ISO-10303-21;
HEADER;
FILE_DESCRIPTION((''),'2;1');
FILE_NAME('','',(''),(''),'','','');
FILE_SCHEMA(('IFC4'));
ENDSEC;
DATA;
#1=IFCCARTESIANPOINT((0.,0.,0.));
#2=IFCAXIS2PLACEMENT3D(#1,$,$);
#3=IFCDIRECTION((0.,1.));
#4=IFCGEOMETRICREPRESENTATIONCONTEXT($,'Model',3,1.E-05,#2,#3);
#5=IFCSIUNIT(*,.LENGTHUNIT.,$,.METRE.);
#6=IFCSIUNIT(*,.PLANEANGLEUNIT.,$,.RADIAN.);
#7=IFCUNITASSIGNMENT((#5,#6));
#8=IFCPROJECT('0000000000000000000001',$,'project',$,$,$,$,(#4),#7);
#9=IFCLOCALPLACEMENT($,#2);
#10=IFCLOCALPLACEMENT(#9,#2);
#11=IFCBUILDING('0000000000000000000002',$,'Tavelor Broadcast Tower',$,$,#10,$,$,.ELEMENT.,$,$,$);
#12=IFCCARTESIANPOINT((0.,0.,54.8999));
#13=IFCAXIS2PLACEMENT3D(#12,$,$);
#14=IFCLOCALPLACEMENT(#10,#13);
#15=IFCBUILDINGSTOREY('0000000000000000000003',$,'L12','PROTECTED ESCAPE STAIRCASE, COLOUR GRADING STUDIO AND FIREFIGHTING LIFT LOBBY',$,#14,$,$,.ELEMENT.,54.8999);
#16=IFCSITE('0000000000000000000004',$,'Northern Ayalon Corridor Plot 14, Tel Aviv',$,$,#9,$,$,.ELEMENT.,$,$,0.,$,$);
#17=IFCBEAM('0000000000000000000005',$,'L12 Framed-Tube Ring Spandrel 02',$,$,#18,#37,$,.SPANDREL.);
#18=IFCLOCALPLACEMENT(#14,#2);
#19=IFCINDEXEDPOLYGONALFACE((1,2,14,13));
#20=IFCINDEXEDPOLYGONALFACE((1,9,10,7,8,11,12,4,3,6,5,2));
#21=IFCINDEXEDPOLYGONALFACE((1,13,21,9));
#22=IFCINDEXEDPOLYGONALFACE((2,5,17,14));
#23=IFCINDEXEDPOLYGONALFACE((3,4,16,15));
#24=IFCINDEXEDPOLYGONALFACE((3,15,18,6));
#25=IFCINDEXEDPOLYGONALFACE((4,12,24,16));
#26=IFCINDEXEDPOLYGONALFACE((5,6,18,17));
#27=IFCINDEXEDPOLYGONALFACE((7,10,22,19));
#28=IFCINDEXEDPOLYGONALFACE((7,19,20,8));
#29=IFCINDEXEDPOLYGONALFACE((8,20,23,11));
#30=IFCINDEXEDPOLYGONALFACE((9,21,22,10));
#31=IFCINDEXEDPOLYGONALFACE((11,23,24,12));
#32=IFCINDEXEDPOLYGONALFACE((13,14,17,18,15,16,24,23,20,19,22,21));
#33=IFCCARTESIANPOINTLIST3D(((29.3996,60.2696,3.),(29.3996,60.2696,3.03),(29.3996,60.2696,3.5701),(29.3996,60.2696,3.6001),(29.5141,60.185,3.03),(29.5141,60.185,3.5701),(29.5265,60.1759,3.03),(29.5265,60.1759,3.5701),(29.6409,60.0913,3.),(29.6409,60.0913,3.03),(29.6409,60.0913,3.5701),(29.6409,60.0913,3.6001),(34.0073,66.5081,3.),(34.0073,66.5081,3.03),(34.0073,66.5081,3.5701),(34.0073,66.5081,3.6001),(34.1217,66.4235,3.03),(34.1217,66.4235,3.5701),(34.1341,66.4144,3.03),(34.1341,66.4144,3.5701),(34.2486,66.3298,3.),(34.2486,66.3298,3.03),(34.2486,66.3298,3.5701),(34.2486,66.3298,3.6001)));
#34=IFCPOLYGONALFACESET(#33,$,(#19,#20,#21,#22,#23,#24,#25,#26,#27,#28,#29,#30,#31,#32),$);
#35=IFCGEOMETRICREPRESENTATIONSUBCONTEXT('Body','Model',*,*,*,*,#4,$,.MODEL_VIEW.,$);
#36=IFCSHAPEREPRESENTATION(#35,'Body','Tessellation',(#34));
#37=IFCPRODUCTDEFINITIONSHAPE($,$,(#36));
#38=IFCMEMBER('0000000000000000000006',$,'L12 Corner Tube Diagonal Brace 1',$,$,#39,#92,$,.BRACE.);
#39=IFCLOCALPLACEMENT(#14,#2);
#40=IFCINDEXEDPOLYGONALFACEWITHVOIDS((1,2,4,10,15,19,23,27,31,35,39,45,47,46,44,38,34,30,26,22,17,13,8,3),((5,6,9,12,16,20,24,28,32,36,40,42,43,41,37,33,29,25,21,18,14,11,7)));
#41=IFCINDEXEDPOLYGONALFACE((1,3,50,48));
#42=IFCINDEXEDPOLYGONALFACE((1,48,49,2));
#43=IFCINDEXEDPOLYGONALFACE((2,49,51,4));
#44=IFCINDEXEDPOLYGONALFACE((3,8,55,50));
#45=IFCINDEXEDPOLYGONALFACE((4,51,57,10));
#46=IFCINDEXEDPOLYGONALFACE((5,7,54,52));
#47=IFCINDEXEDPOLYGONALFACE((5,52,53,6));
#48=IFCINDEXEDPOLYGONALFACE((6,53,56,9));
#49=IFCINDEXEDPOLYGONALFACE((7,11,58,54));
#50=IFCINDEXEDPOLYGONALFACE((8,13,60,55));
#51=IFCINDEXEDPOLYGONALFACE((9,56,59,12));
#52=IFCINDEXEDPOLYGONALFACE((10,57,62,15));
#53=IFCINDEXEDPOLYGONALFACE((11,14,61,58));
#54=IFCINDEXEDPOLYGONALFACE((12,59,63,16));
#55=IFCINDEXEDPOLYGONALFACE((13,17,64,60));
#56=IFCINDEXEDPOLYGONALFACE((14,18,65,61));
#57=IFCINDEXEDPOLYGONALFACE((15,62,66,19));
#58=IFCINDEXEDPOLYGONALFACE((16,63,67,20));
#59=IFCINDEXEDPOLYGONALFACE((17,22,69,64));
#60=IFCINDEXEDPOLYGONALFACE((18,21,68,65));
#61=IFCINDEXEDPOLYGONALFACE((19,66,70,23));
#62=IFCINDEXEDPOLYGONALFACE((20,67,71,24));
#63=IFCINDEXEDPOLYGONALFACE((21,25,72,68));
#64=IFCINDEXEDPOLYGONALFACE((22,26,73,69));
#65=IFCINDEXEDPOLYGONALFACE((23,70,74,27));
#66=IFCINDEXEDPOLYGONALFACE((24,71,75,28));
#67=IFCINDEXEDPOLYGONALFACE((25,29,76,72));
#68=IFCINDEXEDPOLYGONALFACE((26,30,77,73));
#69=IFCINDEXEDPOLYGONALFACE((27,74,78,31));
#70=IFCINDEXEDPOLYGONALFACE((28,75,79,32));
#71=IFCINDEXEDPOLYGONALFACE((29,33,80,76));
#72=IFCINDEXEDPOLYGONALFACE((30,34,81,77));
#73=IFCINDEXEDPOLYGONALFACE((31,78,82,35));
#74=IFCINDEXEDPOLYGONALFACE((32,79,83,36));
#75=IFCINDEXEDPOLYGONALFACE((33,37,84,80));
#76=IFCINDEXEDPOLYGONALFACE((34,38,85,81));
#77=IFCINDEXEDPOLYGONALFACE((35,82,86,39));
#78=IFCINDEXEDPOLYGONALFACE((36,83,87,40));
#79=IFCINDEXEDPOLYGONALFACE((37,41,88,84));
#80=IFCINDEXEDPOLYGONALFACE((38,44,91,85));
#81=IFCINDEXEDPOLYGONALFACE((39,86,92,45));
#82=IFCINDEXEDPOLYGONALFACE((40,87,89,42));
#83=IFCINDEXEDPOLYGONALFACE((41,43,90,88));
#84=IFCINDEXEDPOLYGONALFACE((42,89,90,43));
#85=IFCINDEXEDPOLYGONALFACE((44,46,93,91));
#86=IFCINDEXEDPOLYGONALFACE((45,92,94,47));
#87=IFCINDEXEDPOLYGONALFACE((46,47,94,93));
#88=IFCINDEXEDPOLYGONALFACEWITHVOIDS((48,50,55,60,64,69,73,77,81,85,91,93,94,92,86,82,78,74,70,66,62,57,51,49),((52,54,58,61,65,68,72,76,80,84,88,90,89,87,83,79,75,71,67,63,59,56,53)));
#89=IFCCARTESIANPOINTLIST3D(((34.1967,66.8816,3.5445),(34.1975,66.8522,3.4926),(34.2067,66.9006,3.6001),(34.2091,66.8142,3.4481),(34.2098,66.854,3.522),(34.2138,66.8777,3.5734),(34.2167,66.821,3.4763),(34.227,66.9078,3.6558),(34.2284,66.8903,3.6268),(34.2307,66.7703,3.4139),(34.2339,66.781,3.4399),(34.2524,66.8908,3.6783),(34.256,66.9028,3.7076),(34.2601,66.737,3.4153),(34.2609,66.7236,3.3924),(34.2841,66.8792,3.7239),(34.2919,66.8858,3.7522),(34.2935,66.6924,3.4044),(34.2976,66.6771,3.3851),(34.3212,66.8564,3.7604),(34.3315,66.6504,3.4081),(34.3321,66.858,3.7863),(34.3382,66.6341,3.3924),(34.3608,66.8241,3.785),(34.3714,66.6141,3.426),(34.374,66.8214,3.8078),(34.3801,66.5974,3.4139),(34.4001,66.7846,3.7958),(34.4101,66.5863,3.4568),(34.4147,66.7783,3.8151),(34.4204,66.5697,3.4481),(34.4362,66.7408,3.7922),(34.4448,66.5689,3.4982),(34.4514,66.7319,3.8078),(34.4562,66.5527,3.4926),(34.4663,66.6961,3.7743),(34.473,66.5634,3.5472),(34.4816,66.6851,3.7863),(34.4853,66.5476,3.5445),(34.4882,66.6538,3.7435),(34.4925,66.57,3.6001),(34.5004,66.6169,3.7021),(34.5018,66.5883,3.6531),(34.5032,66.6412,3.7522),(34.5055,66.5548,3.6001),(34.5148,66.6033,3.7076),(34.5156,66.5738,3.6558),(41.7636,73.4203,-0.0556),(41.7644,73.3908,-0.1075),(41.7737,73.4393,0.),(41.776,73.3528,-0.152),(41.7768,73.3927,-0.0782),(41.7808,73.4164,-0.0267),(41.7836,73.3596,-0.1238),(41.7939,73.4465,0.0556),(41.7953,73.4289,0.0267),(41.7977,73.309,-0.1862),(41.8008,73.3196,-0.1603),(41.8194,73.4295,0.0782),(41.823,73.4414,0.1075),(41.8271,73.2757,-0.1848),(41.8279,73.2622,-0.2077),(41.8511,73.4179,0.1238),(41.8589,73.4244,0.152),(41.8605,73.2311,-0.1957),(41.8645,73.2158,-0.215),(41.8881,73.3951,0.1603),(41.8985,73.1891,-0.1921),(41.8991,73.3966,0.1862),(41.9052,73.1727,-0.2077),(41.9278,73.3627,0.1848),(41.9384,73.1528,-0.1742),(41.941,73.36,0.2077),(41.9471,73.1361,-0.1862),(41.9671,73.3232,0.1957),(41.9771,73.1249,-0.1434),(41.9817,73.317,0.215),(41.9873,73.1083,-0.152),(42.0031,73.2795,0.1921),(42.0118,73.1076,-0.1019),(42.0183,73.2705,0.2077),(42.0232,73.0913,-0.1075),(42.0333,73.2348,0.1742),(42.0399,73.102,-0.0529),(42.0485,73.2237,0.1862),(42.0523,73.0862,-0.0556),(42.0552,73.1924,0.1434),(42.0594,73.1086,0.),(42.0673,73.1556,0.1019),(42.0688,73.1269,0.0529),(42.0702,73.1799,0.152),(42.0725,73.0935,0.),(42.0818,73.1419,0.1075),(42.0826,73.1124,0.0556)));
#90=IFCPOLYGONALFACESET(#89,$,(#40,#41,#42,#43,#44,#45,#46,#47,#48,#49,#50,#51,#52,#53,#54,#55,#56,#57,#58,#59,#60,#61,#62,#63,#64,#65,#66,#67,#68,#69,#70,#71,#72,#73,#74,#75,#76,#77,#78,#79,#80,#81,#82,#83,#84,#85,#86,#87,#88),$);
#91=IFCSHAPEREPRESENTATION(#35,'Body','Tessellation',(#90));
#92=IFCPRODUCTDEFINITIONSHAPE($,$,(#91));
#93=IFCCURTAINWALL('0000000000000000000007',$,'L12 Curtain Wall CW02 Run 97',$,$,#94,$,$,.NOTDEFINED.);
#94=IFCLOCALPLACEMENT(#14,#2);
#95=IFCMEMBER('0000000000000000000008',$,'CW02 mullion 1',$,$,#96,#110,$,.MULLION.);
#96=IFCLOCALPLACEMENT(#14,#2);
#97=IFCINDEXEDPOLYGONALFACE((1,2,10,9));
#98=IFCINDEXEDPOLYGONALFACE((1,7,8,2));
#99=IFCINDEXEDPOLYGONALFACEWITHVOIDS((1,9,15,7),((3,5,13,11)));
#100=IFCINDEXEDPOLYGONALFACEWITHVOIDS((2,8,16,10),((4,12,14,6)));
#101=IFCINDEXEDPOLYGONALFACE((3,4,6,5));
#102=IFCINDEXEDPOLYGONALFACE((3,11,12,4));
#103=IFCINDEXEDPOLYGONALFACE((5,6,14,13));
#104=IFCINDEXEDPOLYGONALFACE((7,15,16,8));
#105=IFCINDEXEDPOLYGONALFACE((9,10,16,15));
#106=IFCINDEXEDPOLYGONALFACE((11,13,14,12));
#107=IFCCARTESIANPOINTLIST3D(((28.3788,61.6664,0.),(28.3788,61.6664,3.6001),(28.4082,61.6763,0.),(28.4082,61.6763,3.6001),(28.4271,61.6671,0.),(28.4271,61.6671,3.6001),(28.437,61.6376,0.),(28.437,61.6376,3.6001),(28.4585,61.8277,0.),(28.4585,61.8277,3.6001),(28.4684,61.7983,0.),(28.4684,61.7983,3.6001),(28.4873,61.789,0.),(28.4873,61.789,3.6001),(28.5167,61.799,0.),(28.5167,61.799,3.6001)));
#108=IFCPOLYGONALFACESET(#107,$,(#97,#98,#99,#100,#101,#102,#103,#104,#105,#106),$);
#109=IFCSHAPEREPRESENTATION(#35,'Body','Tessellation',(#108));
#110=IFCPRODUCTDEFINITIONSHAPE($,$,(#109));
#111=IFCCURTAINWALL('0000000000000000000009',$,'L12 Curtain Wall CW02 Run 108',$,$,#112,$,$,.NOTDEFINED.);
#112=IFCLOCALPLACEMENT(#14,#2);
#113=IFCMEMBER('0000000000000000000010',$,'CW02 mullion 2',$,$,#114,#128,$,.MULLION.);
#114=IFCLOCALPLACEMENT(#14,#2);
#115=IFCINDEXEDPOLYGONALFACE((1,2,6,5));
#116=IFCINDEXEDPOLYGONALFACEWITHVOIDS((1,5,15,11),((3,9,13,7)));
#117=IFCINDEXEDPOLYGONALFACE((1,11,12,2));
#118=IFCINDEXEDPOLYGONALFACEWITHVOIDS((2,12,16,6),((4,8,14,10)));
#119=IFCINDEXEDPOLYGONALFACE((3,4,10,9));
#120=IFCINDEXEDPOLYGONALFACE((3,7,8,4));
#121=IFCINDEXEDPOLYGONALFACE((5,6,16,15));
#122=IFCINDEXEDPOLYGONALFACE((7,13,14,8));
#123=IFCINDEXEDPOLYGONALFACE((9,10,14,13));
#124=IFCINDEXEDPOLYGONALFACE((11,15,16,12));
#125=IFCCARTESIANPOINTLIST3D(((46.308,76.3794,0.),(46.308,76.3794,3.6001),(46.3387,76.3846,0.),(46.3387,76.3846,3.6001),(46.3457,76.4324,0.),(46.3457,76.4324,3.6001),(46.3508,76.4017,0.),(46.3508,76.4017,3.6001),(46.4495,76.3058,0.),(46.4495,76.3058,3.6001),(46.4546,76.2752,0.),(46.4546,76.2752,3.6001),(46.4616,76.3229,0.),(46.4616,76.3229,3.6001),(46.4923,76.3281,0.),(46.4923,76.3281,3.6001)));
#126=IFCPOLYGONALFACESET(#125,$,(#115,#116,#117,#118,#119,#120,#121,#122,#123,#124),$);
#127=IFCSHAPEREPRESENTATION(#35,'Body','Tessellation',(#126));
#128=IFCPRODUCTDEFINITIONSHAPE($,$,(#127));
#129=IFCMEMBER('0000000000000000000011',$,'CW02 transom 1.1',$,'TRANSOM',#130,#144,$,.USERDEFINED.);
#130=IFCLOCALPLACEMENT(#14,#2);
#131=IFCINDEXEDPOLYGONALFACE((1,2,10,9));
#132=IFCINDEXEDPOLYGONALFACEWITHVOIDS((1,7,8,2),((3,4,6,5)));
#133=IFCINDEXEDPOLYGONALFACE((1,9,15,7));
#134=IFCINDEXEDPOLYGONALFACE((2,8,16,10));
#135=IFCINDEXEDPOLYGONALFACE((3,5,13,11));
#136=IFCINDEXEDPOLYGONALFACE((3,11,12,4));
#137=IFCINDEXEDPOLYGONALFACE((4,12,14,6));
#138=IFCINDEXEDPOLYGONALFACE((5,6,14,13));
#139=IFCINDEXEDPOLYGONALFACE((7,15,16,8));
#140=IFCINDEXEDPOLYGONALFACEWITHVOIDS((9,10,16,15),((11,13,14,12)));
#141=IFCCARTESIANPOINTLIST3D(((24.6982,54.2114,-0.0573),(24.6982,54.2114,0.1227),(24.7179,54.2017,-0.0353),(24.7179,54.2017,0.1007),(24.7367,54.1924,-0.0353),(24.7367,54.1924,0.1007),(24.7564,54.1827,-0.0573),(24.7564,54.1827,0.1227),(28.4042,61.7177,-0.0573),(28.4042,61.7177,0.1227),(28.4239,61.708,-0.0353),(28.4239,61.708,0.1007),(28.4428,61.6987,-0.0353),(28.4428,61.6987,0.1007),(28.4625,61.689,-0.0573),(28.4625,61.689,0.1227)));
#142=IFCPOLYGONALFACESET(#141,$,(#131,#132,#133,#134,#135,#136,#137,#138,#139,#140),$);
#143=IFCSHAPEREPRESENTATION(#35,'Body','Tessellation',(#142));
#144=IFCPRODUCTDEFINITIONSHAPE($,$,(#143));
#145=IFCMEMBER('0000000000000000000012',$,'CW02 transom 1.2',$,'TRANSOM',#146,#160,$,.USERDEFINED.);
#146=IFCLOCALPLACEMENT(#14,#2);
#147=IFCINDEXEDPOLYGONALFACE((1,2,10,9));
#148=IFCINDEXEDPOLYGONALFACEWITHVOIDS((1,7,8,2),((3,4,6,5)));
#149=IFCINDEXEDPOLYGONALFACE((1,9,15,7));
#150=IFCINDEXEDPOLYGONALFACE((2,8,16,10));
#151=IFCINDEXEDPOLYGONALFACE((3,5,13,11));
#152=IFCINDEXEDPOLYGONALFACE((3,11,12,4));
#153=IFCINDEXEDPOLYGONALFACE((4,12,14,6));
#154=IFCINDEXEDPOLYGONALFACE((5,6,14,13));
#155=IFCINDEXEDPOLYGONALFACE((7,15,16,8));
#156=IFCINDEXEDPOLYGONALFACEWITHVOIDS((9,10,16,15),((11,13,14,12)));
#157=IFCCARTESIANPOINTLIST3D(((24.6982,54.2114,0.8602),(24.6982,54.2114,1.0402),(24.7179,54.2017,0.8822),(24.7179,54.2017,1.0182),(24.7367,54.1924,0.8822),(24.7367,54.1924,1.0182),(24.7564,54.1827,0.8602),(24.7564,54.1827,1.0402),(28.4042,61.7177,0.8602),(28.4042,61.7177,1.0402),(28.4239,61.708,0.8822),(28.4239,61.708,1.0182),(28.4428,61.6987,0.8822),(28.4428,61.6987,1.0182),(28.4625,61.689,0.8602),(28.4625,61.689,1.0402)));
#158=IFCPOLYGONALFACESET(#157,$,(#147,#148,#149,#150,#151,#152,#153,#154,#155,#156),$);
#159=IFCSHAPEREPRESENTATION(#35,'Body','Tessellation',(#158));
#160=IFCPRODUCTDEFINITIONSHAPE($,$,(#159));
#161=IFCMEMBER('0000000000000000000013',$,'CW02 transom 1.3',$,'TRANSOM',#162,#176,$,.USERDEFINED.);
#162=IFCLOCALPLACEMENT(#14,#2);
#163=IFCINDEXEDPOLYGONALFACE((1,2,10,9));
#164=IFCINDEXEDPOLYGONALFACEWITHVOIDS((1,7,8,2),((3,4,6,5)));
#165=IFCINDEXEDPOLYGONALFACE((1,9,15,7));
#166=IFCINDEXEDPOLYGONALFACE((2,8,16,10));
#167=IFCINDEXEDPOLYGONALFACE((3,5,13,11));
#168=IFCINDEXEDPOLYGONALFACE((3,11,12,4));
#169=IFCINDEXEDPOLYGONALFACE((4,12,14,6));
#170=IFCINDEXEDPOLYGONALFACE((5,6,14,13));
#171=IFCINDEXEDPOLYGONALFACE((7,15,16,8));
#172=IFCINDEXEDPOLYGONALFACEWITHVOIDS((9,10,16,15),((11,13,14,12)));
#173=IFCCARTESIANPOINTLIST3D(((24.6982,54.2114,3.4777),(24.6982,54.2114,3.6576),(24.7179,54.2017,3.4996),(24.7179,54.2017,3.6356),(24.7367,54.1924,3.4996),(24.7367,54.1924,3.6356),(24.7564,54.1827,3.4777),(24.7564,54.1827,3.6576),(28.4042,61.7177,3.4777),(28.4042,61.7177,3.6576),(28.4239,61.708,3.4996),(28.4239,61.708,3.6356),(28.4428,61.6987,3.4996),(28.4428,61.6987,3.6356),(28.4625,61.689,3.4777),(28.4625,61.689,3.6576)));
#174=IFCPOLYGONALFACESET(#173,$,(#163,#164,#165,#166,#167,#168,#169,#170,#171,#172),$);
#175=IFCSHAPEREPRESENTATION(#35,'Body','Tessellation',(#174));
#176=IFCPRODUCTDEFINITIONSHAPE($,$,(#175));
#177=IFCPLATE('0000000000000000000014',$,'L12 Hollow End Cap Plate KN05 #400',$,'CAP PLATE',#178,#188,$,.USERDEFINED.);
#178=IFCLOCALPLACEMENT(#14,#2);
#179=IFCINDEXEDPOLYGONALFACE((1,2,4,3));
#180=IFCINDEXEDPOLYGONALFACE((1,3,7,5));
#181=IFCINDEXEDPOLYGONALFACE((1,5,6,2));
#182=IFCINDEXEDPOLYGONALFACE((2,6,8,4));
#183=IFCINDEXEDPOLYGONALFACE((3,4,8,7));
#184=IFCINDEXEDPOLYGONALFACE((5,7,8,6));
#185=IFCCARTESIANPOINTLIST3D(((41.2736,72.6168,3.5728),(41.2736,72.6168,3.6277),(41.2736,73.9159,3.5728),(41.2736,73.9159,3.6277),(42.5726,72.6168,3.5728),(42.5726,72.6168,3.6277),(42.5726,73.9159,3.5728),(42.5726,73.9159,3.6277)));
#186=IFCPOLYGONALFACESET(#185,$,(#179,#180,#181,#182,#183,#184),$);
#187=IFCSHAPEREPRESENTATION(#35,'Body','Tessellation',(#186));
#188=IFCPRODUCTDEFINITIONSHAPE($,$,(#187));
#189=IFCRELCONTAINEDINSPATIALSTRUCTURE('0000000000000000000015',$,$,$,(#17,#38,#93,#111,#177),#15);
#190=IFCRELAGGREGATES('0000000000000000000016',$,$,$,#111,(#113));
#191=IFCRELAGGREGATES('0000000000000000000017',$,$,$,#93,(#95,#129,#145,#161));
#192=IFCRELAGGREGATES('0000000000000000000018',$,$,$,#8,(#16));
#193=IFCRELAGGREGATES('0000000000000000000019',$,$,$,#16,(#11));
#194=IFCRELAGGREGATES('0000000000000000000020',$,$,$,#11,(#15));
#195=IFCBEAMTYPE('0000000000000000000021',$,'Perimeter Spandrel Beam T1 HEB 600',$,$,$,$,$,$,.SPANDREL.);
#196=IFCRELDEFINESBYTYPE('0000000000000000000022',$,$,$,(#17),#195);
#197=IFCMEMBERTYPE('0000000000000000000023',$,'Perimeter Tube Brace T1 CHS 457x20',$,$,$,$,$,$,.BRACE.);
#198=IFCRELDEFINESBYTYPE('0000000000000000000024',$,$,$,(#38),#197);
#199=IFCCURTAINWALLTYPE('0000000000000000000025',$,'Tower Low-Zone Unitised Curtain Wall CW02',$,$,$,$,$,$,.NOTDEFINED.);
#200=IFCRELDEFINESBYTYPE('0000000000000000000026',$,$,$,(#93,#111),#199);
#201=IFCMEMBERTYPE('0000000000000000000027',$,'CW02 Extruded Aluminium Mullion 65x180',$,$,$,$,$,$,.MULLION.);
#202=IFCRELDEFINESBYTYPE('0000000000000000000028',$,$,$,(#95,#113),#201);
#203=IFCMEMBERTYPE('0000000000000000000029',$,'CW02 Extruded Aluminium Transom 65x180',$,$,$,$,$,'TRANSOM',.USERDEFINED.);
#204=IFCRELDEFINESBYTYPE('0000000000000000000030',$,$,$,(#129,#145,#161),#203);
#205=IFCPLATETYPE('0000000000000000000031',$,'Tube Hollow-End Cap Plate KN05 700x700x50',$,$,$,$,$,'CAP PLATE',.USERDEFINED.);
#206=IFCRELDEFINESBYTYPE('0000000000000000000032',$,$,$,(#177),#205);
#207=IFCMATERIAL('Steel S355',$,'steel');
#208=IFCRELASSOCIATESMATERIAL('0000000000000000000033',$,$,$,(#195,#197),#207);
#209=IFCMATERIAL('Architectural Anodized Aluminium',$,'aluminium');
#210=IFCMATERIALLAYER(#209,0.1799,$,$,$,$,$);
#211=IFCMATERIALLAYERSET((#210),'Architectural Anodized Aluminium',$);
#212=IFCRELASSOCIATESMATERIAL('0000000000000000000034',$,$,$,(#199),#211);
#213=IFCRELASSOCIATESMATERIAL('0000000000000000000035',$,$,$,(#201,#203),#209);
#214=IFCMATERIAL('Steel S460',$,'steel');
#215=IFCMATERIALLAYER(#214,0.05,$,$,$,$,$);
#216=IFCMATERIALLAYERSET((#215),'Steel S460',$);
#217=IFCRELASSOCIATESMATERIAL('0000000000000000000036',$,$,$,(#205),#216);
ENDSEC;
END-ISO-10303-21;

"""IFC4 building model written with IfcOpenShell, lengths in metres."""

from ifc_helpers import new_model, si_unit, direction, frame, origin, origin_2d, place, context, subcontext, project, spatial, rectangle, hollow_rectangle, hollow_circle, i_section, extrude, source, transform, mapped, material, layer, layer_set, material_profile, profile_set, type_object, type_shapes, element, aggregate, save


model = new_model("IFC4")

# Units and contexts
model_context = context("Model", 3, precision=1e-05, world=origin(), true_north=direction((0.0, 1.0)))
body_context = subcontext(model_context, "Body", "Model", "MODEL_VIEW")
ifc_project = project(units=[si_unit("LENGTHUNIT", "METRE"), si_unit("PLANEANGLEUNIT", "RADIAN")], contexts=[model_context])

# Site, building, storey
site_placement = place(None, origin())
site = spatial("IfcSite", under=ifc_project, at=site_placement, Name="Northern Ayalon Corridor Plot 14, Tel Aviv", CompositionType="ELEMENT", RefElevation=0.0)
building_placement = place(site_placement, origin())
building = spatial("IfcBuilding", under=site, at=building_placement, Name="Tavelor Broadcast Tower", CompositionType="ELEMENT")
storey_placement = place(building_placement, frame((0.0, 0.0, 54.8999)))
storey = spatial("IfcBuildingStorey", under=building, at=storey_placement, Name="L12", Description="PROTECTED ESCAPE STAIRCASE, COLOUR GRADING STUDIO AND FIREFIGHTING LIFT LOBBY", CompositionType="ELEMENT", Elevation=54.8999)

# Shared definitions
ifc_material_1 = material(Name="Steel S460", Category="steel")

# Beam
ifc_material_2 = material(Name="Steel S355", Category="steel")
ifc_material_profile_1 = material_profile(ifc_material_2, i_section(OverallWidth=0.3, OverallDepth=0.6001, WebThickness=0.0154, FlangeThickness=0.03, at=origin_2d()), Name="HEB 600")
ifc_profile_set_1 = profile_set([ifc_material_profile_1], Name="Steel S355")
beam_type_1 = type_object("IfcBeamType", Name="Perimeter Spandrel Beam T1 HEB 600", PredefinedType="SPANDREL", material=ifc_profile_set_1)
beam_1_placement = place(storey_placement, frame((34.1279, 66.4189, 3.3), z_axis=(-0.594106, -0.804387, 0.0), x_axis=(0.804387, -0.594106, 0.0)))
element("IfcBeam", 1, at=beam_1_placement, inside=storey, type_object=beam_type_1, Name="L12 Framed-Tube Ring Spandrel 02", PredefinedType="SPANDREL", context=body_context, shape_type="SweptSolid", body=[
    extrude(i_section(OverallWidth=0.3, OverallDepth=0.6001, WebThickness=0.0154, FlangeThickness=0.03, at=origin_2d()), origin(), (0.0, 0.0, 1.0), 7.7556),
])

# Member
ifc_material_profile_2 = material_profile(ifc_material_2, hollow_circle(Radius=0.2285, WallThickness=0.02, at=origin_2d()), Name="CHS 457x20")
ifc_profile_set_2 = profile_set([ifc_material_profile_2], Name="Steel S355")
member_type_1 = type_object("IfcMemberType", Name="Perimeter Tube Brace T1 CHS 457x20", PredefinedType="BRACE", material=ifc_profile_set_2)
member_1_placement = place(storey_placement, frame((41.9231, 73.2664, 0.0), z_axis=(-0.711923, -0.615175, 0.338711), x_axis=(0.653822, -0.756648, 0.0)))
element("IfcMember", 2, at=member_1_placement, inside=storey, type_object=member_type_1, Name="L12 Corner Tube Diagonal Brace 1", PredefinedType="BRACE", context=body_context, shape_type="SweptSolid", body=[
    extrude(hollow_circle(Radius=0.2285, WallThickness=0.02, at=origin_2d()), origin(), (0.0, 0.0, 1.0), 10.6289),
])

# Curtain walls, members
ifc_material_3 = material(Name="Architectural Anodized Aluminium", Category="aluminium")
ifc_layer_1 = layer(ifc_material_3, 0.1799)
ifc_layer_set_1 = layer_set([ifc_layer_1], Name="Architectural Anodized Aluminium")
curtain_wall_type = type_object("IfcCurtainWallType", Name="Tower Low-Zone Unitised Curtain Wall CW02", PredefinedType="NOTDEFINED", material=ifc_layer_set_1)
curtain_wall_1_placement = place(storey_placement, origin())
curtain_wall_1 = element("IfcCurtainWall", 3, at=curtain_wall_1_placement, inside=storey, type_object=curtain_wall_type, Name="L12 Curtain Wall CW02 Run 97", PredefinedType="NOTDEFINED")
ifc_material_profile_3 = material_profile(ifc_material_3, hollow_rectangle(XDim=0.0649, YDim=0.1799, WallThickness=0.022, at=origin_2d()), Name="RHS 65x180x22")
ifc_profile_set_3 = profile_set([ifc_material_profile_3], Name="Architectural Anodized Aluminium")
member_type_2 = type_object("IfcMemberType", Name="CW02 Extruded Aluminium Mullion 65x180", PredefinedType="MULLION", material=ifc_profile_set_3)
shared_shape_1 = source(origin(), body_context, "Body", "SweptSolid", [
    extrude(hollow_rectangle(XDim=0.0649, YDim=0.1799, WallThickness=0.022, at=origin_2d()), origin(), (0.0, 0.0, 1.0), 3.6001),
])
type_shapes(member_type_2, [shared_shape_1])
member_2_placement = place(storey_placement, frame((28.4478, 61.7327, 0.0), z_axis=(0.0, 0.0, 1.0), x_axis=(0.896674, -0.442691, 0.0)))
member_2 = element("IfcMember", 4, at=member_2_placement, type_object=member_type_2, Name="CW02 mullion 1", PredefinedType="MULLION", context=body_context, shape_type="MappedRepresentation", body=[
    mapped(shared_shape_1, transform((0.0, 0.0, 0.0), scale=1.0)),
])
curtain_wall_2_placement = place(storey_placement, origin())
curtain_wall_2 = element("IfcCurtainWall", 5, at=curtain_wall_2_placement, inside=storey, type_object=curtain_wall_type, Name="L12 Curtain Wall CW02 Run 108", PredefinedType="NOTDEFINED")
member_3_placement = place(storey_placement, frame((46.4001, 76.3538, 0.0), z_axis=(0.0, 0.0, 1.0), x_axis=(-0.579623, -0.814885, 0.0)))
member_3 = element("IfcMember", 6, at=member_3_placement, type_object=member_type_2, Name="CW02 mullion 2", PredefinedType="MULLION", context=body_context, shape_type="MappedRepresentation", body=[
    mapped(shared_shape_1, transform((0.0, 0.0, 0.0), scale=1.0)),
])
aggregate(curtain_wall_2, [member_3])

# Members
ifc_material_profile_4 = material_profile(ifc_material_3, hollow_rectangle(XDim=0.0649, YDim=0.1799, WallThickness=0.022, at=origin_2d()), Name="RHS 65x180x22")
ifc_profile_set_4 = profile_set([ifc_material_profile_4], Name="Architectural Anodized Aluminium")
member_type_3 = type_object("IfcMemberType", Name="CW02 Extruded Aluminium Transom 65x180", ElementType="TRANSOM", PredefinedType="USERDEFINED", material=ifc_profile_set_4)
shared_shape_2 = source(origin(), body_context, "Body", "SweptSolid", [
    extrude(hollow_rectangle(XDim=0.0649, YDim=0.1799, WallThickness=0.022, at=origin_2d()), origin(), (0.0, 0.0, 1.0), 8.3713),
])
type_shapes(member_type_3, [shared_shape_2])
member_4_placement = place(storey_placement, frame((28.4333, 61.7034, 0.0327), z_axis=(-0.442705, -0.896667, 0.0), x_axis=(0.896667, -0.442705, 0.0)))
member_4 = element("IfcMember", 7, at=member_4_placement, type_object=member_type_3, Name="CW02 transom 1.1", ObjectType="TRANSOM", PredefinedType="USERDEFINED", context=body_context, shape_type="MappedRepresentation", body=[
    mapped(shared_shape_2, transform((0.0, 0.0, 0.0), scale=1.0)),
])
member_5_placement = place(storey_placement, frame((28.4333, 61.7034, 0.9502), z_axis=(-0.442705, -0.896667, 0.0), x_axis=(0.896667, -0.442705, 0.0)))
member_5 = element("IfcMember", 8, at=member_5_placement, type_object=member_type_3, Name="CW02 transom 1.2", ObjectType="TRANSOM", PredefinedType="USERDEFINED", context=body_context, shape_type="MappedRepresentation", body=[
    mapped(shared_shape_2, transform((0.0, 0.0, 0.0), scale=1.0)),
])
member_6_placement = place(storey_placement, frame((28.4333, 61.7034, 3.5676), z_axis=(-0.442705, -0.896667, 0.0), x_axis=(0.896667, -0.442705, 0.0)))
member_6 = element("IfcMember", 9, at=member_6_placement, type_object=member_type_3, Name="CW02 transom 1.3", ObjectType="TRANSOM", PredefinedType="USERDEFINED", context=body_context, shape_type="MappedRepresentation", body=[
    mapped(shared_shape_2, transform((0.0, 0.0, 0.0), scale=1.0)),
])
aggregate(curtain_wall_1, [member_2, member_4, member_5, member_6])

# Plate
ifc_layer_2 = layer(ifc_material_1, 0.05)
ifc_layer_set_2 = layer_set([ifc_layer_2], Name="Steel S460")
plate_type = type_object("IfcPlateType", Name="Tube Hollow-End Cap Plate KN05 700x700x50", ElementType="CAP PLATE", PredefinedType="USERDEFINED", material=ifc_layer_set_2)
shared_shape_3 = source(origin(), body_context, "Body", "SweptSolid", [
    extrude(rectangle(XDim=1.2991, YDim=1.2991, at=origin_2d()), origin(), (0.0, 0.0, 1.0), 0.0549),
])
plate_placement = place(storey_placement, frame((41.9231, 73.2664, 3.5728), z_axis=(0.0, 0.0, 1.0), x_axis=(1.0, 0.0, 0.0)))
element("IfcPlate", 10, at=plate_placement, inside=storey, type_object=plate_type, Name="L12 Hollow End Cap Plate KN05 #400", ObjectType="CAP PLATE", PredefinedType="USERDEFINED", context=body_context, shape_type="MappedRepresentation", body=[
    mapped(shared_shape_3, transform((0.0, 0.0, 0.0), scale=1.0)),
])

save(model, "model.ifc")
